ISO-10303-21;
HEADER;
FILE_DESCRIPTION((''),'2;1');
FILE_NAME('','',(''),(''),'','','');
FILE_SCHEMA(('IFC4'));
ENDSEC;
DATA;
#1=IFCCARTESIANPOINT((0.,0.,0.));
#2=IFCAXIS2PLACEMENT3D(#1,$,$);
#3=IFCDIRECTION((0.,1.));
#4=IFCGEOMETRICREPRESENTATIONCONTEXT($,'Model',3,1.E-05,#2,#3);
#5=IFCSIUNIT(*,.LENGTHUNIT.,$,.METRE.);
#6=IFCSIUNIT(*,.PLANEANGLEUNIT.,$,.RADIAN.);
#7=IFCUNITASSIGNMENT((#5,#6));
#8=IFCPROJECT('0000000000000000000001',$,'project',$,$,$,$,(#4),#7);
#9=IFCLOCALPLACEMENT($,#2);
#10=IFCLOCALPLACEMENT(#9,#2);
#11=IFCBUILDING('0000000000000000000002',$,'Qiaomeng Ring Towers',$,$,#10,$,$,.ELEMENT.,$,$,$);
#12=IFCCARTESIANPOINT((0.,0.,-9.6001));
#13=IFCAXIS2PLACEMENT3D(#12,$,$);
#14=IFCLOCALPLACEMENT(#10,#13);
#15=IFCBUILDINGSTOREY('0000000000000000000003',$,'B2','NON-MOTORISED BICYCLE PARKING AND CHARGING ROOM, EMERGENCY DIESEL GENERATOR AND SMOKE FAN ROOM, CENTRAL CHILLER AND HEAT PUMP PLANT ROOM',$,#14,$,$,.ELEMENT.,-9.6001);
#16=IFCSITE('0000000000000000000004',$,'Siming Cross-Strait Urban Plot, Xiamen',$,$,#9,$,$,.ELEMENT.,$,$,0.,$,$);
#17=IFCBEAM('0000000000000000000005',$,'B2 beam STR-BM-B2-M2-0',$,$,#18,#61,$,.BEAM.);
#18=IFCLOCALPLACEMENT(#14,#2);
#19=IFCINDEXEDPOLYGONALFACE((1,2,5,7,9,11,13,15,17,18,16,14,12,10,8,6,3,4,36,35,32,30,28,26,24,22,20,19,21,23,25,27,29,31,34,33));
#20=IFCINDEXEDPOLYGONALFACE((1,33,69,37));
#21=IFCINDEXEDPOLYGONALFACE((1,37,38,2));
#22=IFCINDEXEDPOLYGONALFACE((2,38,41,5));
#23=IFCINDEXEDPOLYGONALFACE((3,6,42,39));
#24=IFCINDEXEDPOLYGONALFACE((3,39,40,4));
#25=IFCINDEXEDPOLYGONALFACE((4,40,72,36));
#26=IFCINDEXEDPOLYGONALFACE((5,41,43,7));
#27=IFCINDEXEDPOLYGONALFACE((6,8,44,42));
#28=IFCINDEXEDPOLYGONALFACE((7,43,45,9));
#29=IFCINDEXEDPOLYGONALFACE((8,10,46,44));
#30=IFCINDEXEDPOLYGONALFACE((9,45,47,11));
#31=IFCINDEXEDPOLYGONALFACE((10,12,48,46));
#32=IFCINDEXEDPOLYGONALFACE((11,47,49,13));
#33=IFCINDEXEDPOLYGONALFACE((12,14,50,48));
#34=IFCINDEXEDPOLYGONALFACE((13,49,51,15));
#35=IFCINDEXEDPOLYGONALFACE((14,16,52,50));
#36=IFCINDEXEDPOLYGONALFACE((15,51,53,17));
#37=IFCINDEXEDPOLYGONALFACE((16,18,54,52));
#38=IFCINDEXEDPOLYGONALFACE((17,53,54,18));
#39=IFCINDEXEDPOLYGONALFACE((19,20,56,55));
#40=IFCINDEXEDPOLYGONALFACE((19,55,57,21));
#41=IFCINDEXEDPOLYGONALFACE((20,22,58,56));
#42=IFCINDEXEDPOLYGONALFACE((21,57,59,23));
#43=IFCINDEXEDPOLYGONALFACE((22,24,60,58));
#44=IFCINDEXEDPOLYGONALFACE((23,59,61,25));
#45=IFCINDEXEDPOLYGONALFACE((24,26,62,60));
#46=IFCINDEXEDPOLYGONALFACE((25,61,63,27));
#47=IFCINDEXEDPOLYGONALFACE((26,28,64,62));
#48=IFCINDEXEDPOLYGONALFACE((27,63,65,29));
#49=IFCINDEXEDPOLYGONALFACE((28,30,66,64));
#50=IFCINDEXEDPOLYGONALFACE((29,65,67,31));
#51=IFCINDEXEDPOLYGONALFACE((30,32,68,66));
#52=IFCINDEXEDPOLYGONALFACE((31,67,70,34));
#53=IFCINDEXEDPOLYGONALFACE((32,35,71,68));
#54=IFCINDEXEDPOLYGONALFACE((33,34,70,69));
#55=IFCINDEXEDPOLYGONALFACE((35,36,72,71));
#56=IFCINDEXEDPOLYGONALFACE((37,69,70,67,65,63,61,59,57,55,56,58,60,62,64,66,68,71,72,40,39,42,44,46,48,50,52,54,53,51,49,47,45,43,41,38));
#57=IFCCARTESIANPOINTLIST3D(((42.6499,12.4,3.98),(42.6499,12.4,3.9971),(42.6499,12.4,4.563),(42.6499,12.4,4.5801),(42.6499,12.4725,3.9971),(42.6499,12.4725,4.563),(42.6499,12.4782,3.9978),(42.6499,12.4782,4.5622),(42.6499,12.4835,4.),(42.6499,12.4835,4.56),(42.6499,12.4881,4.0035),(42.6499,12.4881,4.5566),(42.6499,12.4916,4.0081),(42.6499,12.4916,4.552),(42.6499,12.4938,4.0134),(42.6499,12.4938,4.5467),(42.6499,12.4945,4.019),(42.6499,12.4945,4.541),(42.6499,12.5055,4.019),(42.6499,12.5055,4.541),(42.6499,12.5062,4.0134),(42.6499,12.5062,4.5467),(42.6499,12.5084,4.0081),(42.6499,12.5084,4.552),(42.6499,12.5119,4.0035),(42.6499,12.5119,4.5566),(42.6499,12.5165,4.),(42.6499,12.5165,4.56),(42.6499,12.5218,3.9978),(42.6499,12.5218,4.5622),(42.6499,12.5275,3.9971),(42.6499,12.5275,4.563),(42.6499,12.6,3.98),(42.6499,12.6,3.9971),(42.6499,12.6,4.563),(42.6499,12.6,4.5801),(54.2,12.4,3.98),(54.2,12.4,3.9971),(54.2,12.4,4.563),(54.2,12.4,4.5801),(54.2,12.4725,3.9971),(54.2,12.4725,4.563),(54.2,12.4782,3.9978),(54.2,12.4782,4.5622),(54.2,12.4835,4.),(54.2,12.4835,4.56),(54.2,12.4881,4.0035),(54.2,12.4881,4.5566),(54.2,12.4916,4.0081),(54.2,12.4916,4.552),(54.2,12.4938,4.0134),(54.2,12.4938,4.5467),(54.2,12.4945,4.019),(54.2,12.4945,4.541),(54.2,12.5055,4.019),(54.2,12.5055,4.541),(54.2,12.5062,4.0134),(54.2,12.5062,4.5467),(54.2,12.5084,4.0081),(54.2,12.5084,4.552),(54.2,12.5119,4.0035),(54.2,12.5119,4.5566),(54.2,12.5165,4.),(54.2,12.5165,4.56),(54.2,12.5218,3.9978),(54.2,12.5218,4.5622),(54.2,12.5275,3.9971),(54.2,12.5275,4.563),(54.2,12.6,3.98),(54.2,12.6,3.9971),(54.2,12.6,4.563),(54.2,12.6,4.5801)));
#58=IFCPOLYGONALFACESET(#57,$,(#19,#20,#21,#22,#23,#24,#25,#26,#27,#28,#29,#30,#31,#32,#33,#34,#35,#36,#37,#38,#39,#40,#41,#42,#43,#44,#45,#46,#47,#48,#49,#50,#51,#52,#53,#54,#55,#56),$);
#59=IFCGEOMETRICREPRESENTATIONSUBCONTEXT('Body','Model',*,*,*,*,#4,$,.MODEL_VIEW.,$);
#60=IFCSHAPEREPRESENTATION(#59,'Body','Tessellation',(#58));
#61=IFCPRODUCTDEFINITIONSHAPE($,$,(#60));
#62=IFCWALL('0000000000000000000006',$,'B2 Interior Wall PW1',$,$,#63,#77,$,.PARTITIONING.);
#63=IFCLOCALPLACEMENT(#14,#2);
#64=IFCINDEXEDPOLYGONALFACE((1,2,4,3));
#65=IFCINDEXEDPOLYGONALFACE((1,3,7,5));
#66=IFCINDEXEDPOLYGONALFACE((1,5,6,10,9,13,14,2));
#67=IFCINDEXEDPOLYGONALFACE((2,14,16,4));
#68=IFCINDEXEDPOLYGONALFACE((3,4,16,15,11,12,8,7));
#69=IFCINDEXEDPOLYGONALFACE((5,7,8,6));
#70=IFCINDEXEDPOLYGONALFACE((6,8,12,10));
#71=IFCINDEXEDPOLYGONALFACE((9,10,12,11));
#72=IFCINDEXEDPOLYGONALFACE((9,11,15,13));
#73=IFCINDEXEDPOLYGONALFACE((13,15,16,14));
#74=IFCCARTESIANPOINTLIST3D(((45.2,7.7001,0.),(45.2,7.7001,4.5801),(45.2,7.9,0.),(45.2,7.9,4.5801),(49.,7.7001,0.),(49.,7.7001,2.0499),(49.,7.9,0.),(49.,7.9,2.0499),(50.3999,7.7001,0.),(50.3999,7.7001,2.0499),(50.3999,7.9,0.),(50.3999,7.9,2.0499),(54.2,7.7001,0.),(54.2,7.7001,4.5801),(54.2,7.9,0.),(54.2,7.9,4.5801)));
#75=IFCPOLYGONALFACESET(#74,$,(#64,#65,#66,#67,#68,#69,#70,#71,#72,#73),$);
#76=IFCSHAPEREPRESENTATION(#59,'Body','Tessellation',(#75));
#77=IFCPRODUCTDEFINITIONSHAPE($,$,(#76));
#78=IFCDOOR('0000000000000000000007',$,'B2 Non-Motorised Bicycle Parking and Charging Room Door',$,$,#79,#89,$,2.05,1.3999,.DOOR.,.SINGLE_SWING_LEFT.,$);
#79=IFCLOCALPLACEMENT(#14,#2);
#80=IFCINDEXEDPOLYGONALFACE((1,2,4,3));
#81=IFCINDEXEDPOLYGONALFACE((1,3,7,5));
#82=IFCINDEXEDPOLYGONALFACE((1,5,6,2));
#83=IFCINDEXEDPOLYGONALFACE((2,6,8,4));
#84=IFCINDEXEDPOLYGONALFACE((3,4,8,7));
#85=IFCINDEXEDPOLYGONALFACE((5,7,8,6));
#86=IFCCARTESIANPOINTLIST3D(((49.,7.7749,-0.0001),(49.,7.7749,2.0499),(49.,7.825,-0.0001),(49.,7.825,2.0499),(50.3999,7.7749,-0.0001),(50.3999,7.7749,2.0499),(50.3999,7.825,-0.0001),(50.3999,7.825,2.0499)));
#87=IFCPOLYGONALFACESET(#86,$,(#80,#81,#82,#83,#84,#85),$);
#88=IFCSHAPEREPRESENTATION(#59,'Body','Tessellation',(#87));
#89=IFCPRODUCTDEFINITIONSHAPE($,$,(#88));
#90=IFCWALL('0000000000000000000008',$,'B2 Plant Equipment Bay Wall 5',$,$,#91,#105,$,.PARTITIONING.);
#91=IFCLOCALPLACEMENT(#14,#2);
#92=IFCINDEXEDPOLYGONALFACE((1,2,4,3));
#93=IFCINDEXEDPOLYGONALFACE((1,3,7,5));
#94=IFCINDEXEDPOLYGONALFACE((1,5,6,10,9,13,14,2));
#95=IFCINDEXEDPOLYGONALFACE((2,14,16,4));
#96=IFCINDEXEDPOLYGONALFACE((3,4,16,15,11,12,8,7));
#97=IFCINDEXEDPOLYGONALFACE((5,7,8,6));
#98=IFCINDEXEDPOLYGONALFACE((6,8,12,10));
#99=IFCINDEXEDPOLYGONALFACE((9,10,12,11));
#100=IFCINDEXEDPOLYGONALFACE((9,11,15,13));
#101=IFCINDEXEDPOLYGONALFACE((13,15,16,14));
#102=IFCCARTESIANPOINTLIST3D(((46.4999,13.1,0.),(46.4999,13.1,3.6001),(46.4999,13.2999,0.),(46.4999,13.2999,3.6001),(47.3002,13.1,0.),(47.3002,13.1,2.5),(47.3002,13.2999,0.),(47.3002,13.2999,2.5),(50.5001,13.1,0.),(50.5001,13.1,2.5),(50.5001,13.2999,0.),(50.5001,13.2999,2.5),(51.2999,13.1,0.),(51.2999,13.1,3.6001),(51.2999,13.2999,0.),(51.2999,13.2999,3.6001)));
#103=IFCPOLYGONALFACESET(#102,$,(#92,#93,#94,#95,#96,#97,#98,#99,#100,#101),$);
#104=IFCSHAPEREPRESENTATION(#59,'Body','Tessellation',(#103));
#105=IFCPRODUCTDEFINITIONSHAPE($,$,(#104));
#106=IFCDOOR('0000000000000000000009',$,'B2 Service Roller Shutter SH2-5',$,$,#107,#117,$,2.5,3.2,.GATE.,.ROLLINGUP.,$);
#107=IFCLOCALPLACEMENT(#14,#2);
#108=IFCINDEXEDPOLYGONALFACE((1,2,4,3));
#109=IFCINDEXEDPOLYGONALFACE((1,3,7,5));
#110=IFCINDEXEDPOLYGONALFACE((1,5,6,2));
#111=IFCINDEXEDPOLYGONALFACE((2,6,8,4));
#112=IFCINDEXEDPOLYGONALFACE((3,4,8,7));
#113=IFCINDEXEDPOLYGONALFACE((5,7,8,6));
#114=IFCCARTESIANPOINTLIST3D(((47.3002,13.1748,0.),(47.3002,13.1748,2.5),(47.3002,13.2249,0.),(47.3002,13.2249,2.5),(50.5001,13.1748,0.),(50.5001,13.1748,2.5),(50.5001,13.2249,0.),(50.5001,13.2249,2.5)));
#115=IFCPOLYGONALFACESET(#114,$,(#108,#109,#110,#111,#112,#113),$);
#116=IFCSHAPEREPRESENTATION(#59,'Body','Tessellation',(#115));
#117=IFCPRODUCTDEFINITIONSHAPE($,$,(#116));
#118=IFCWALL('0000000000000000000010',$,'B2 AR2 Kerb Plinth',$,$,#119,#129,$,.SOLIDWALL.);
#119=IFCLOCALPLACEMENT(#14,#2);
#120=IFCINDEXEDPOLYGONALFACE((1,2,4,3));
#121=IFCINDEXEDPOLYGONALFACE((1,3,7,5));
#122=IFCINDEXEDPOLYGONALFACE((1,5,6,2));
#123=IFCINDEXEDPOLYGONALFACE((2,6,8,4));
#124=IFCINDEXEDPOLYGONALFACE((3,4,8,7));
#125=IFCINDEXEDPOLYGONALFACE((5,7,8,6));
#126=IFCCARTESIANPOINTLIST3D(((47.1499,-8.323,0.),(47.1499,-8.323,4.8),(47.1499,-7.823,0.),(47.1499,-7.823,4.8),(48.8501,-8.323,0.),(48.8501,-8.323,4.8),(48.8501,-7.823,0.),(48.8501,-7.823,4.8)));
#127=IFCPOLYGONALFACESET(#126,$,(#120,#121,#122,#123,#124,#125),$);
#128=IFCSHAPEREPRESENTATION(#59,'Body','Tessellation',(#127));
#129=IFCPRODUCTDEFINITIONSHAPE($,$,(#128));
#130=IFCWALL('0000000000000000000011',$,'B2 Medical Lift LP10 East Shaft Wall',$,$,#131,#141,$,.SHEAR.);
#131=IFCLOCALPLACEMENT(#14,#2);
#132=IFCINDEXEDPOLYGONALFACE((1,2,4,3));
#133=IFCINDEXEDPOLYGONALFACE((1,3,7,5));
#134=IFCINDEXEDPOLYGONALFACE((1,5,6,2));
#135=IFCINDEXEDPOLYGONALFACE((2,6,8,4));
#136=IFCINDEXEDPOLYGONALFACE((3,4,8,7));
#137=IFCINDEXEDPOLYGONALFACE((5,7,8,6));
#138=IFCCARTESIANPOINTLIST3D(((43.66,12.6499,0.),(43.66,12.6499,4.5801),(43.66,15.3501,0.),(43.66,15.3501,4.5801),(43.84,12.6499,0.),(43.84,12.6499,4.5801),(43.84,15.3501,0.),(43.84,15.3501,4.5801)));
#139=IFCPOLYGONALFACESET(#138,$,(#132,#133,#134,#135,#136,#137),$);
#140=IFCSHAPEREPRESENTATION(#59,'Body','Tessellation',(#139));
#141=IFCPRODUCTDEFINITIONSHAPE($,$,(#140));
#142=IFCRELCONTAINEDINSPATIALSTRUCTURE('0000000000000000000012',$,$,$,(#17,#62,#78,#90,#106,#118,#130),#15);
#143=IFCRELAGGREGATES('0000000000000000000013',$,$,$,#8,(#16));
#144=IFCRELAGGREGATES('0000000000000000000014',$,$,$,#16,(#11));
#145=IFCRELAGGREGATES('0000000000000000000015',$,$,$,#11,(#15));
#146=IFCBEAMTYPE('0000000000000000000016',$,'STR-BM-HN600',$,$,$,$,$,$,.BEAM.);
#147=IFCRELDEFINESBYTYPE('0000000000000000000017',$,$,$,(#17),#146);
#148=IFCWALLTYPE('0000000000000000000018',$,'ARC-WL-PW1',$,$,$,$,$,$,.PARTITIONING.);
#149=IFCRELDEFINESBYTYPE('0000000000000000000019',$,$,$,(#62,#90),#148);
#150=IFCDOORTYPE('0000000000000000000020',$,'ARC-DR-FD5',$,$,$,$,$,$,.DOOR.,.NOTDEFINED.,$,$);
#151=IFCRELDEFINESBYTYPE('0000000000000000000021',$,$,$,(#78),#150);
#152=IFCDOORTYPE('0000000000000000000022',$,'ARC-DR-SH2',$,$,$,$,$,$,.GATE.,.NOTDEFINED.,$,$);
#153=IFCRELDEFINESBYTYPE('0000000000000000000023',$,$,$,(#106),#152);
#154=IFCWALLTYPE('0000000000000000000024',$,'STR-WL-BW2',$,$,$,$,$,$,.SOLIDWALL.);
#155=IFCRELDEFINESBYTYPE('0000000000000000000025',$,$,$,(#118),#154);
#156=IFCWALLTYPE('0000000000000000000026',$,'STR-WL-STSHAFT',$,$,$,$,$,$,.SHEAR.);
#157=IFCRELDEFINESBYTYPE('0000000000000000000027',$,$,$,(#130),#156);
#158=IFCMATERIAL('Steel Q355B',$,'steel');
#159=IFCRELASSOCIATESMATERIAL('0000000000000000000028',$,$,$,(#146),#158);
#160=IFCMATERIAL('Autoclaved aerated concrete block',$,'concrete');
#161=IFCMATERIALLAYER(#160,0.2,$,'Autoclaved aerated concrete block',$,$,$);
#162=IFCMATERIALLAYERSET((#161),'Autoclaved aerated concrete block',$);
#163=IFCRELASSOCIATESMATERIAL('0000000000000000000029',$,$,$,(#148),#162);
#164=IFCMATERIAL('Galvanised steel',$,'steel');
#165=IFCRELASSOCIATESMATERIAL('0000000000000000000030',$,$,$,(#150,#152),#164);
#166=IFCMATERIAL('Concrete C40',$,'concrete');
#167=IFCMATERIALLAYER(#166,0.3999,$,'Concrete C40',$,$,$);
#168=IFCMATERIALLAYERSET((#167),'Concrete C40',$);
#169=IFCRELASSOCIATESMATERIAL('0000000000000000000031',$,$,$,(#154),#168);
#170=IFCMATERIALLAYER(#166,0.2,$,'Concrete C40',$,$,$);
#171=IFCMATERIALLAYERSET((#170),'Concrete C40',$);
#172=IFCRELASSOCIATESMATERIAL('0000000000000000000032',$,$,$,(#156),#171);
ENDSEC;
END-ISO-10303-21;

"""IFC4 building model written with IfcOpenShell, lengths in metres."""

from ifc_helpers import new_model, si_unit, direction, frame, frame_2d, origin, origin_2d, place, context, subcontext, project, spatial, rectangle, i_section, extrude, source, transform, mapped, material, layer, layer_set, material_profile, profile_set, type_object, element, fill, save


model = new_model("IFC4")

# Units and contexts
model_context = context("Model", 3, precision=1e-05, world=origin(), true_north=direction((0.0, 1.0)))
body_context = subcontext(model_context, "Body", "Model", "MODEL_VIEW")
ifc_project = project(units=[si_unit("LENGTHUNIT", "METRE"), si_unit("PLANEANGLEUNIT", "RADIAN")], contexts=[model_context])

# Site, building, storey
site_placement = place(None, origin())
site = spatial("IfcSite", under=ifc_project, at=site_placement, Name="Siming Cross-Strait Urban Plot, Xiamen", CompositionType="ELEMENT", RefElevation=0.0)
building_placement = place(site_placement, origin())
building = spatial("IfcBuilding", under=site, at=building_placement, Name="Qiaomeng Ring Towers", CompositionType="ELEMENT")
storey_placement = place(building_placement, frame((0.0, 0.0, -9.6001)))
storey = spatial("IfcBuildingStorey", under=building, at=storey_placement, Name="B2", Description="NON-MOTORISED BICYCLE PARKING AND CHARGING ROOM, EMERGENCY DIESEL GENERATOR AND SMOKE FAN ROOM, CENTRAL CHILLER AND HEAT PUMP PLANT ROOM", CompositionType="ELEMENT", Elevation=-9.6001)

# Shared definitions
ifc_material_1 = material(Name="Concrete C40", Category="concrete")

# Beam
ifc_material_2 = material(Name="Steel Q355B", Category="steel")
ifc_material_profile_1 = material_profile(ifc_material_2, i_section(OverallWidth=0.2, OverallDepth=0.6001, WebThickness=0.011, FlangeThickness=0.0171, FilletRadius=0.022, at=origin_2d()), Name="HN 600x200x11x17")
ifc_profile_set_1 = profile_set([ifc_material_profile_1], Name="Steel Q355B")
beam_type_1 = type_object("IfcBeamType", Name="STR-BM-HN600", PredefinedType="BEAM", material=ifc_profile_set_1)
shared_shape_1 = source(origin(), body_context, "Body", "SweptSolid", [
    extrude(i_section(OverallWidth=0.2, OverallDepth=0.6001, WebThickness=0.011, FlangeThickness=0.0171, FilletRadius=0.022, at=origin_2d()), origin(), (0.0, 0.0, 1.0), 11.55),
])
beam_1_placement = place(storey_placement, frame((42.6499, 12.5, 4.28), z_axis=(1.0, 0.0, 0.0), x_axis=(0.0, 1.0, 0.0)))
element("IfcBeam", 1, at=beam_1_placement, inside=storey, type_object=beam_type_1, Name="B2 beam STR-BM-B2-M2-0", PredefinedType="BEAM", context=body_context, shape_type="MappedRepresentation", body=[
    mapped(shared_shape_1, transform((0.0, 0.0, 0.0), x_axis=(1.0, 0.0, 0.0), y_axis=(0.0, 1.0, 0.0), z_axis=(0.0, 0.0, 1.0), scale=1.0)),
])

# Walls, openings, doors
ifc_material_3 = material(Name="Autoclaved aerated concrete block", Category="concrete")
ifc_layer_1 = layer(ifc_material_3, 0.2, Name="Autoclaved aerated concrete block")
ifc_layer_set_1 = layer_set([ifc_layer_1], Name="Autoclaved aerated concrete block")
wall_type_1 = type_object("IfcWallType", Name="ARC-WL-PW1", PredefinedType="PARTITIONING", material=ifc_layer_set_1)
wall_1_placement = place(storey_placement, frame((45.2, 7.8, 0.0), z_axis=(0.0, 0.0, 1.0), x_axis=(1.0, 0.0, 0.0)))
wall_1 = element("IfcWall", 2, at=wall_1_placement, inside=storey, type_object=wall_type_1, Name="B2 Interior Wall PW1", PredefinedType="PARTITIONING", context=body_context, shape_type="SweptSolid", body=[
    extrude(rectangle(XDim=9.0, YDim=0.2, at=frame_2d((4.5, 0.0))), origin(), (0.0, 0.0, 1.0), 4.5801),
])
opening_1_placement = place(wall_1_placement, frame((3.8, 0.0, 0.0)))
opening_1 = element("IfcOpeningElement", 3, at=opening_1_placement, cuts=wall_1, PredefinedType="OPENING", context=body_context, shape_type="SweptSolid", body=[
    extrude(rectangle(XDim=1.3999, YDim=2.05, at=frame_2d((0.7, 1.0249))), frame((0.0, 0.1099, 0.0), z_axis=(0.0, -1.0, 0.0), x_axis=(1.0, 0.0, 0.0)), (0.0, 0.0, 1.0), 0.22),
])
ifc_material_4 = material(Name="Galvanised steel", Category="steel")
door_type_1 = type_object("IfcDoorType", Name="ARC-DR-FD5", OperationType="NOTDEFINED", PredefinedType="DOOR", material=ifc_material_4)
shared_shape_2 = source(origin(), body_context, "Body", "SweptSolid", [
    extrude(rectangle(XDim=1.3999, YDim=2.05, at=frame_2d((0.7, 1.0249))), frame((0.0, 0.0249, 0.0), z_axis=(0.0, -1.0, 0.0), x_axis=(1.0, 0.0, 0.0)), (0.0, 0.0, 1.0), 0.05),
])
door_1_placement = place(opening_1_placement, origin())
door_1 = element("IfcDoor", 4, at=door_1_placement, inside=storey, type_object=door_type_1, Name="B2 Non-Motorised Bicycle Parking and Charging Room Door", OperationType="SINGLE_SWING_LEFT", OverallHeight=2.05, OverallWidth=1.3999, PredefinedType="DOOR", context=body_context, shape_type="MappedRepresentation", body=[
    mapped(shared_shape_2, transform((0.0, 0.0, 0.0), x_axis=(1.0, 0.0, 0.0), y_axis=(0.0, 1.0, 0.0), z_axis=(0.0, 0.0, 1.0), scale=1.0)),
])
fill(opening_1, door_1)
wall_2_placement = place(storey_placement, frame((46.5, 13.2, 0.0), z_axis=(0.0, 0.0, 1.0), x_axis=(1.0, 0.0, 0.0)))
wall_2 = element("IfcWall", 5, at=wall_2_placement, inside=storey, type_object=wall_type_1, Name="B2 Plant Equipment Bay Wall 5", PredefinedType="PARTITIONING", context=body_context, shape_type="SweptSolid", body=[
    extrude(rectangle(XDim=4.8, YDim=0.2, at=frame_2d((2.3999, 0.0))), origin(), (0.0, 0.0, 1.0), 3.6001),
])
opening_2_placement = place(wall_2_placement, frame((0.8, 0.0, 0.0)))
opening_2 = element("IfcOpeningElement", 6, at=opening_2_placement, cuts=wall_2, PredefinedType="OPENING", context=body_context, shape_type="SweptSolid", body=[
    extrude(rectangle(XDim=3.2, YDim=2.5, at=frame_2d((1.6001, 1.25))), frame((0.0, 0.1099, 0.0), z_axis=(0.0, -1.0, 0.0), x_axis=(1.0, 0.0, 0.0)), (0.0, 0.0, 1.0), 0.22),
])
door_type_2 = type_object("IfcDoorType", Name="ARC-DR-SH2", OperationType="NOTDEFINED", PredefinedType="GATE", material=ifc_material_4)
shared_shape_3 = source(origin(), body_context, "Body", "SweptSolid", [
    extrude(rectangle(XDim=3.2, YDim=2.5, at=frame_2d((1.6001, 1.25))), frame((0.0, 0.0249, 0.0), z_axis=(0.0, -1.0, 0.0), x_axis=(1.0, 0.0, 0.0)), (0.0, 0.0, 1.0), 0.05),
])
door_2_placement = place(opening_2_placement, origin())
door_2 = element("IfcDoor", 7, at=door_2_placement, inside=storey, type_object=door_type_2, Name="B2 Service Roller Shutter SH2-5", OperationType="ROLLINGUP", OverallHeight=2.5, OverallWidth=3.2, PredefinedType="GATE", context=body_context, shape_type="MappedRepresentation", body=[
    mapped(shared_shape_3, transform((0.0, 0.0, 0.0), x_axis=(1.0, 0.0, 0.0), y_axis=(0.0, 1.0, 0.0), z_axis=(0.0, 0.0, 1.0), scale=1.0)),
])
fill(opening_2, door_2)

# Walls
ifc_layer_2 = layer(ifc_material_1, 0.3999, Name="Concrete C40")
ifc_layer_set_2 = layer_set([ifc_layer_2], Name="Concrete C40")
wall_type_2 = type_object("IfcWallType", Name="STR-WL-BW2", PredefinedType="SOLIDWALL", material=ifc_layer_set_2)
wall_3_placement = place(storey_placement, frame((47.1499, -8.073, 0.0), z_axis=(0.0, 0.0, 1.0), x_axis=(1.0, 0.0, 0.0)))
element("IfcWall", 8, at=wall_3_placement, inside=storey, type_object=wall_type_2, Name="B2 AR2 Kerb Plinth", PredefinedType="SOLIDWALL", context=body_context, shape_type="SweptSolid", body=[
    extrude(rectangle(XDim=1.7002, YDim=0.5, at=frame_2d((0.8501, 0.0))), origin(), (0.0, 0.0, 1.0), 4.8),
])
ifc_layer_3 = layer(ifc_material_1, 0.2, Name="Concrete C40")
ifc_layer_set_3 = layer_set([ifc_layer_3], Name="Concrete C40")
wall_type_3 = type_object("IfcWallType", Name="STR-WL-STSHAFT", PredefinedType="SHEAR", material=ifc_layer_set_3)
wall_4_placement = place(storey_placement, frame((43.75, 12.6499, 0.0), z_axis=(0.0, 0.0, 1.0), x_axis=(0.0, 1.0, 0.0)))
element("IfcWall", 9, at=wall_4_placement, inside=storey, type_object=wall_type_3, Name="B2 Medical Lift LP10 East Shaft Wall", PredefinedType="SHEAR", context=body_context, shape_type="SweptSolid", body=[
    extrude(rectangle(XDim=2.7002, YDim=0.1799, at=frame_2d((1.3501, 0.0))), origin(), (0.0, 0.0, 1.0), 4.5801),
])

save(model, "model.ifc")
